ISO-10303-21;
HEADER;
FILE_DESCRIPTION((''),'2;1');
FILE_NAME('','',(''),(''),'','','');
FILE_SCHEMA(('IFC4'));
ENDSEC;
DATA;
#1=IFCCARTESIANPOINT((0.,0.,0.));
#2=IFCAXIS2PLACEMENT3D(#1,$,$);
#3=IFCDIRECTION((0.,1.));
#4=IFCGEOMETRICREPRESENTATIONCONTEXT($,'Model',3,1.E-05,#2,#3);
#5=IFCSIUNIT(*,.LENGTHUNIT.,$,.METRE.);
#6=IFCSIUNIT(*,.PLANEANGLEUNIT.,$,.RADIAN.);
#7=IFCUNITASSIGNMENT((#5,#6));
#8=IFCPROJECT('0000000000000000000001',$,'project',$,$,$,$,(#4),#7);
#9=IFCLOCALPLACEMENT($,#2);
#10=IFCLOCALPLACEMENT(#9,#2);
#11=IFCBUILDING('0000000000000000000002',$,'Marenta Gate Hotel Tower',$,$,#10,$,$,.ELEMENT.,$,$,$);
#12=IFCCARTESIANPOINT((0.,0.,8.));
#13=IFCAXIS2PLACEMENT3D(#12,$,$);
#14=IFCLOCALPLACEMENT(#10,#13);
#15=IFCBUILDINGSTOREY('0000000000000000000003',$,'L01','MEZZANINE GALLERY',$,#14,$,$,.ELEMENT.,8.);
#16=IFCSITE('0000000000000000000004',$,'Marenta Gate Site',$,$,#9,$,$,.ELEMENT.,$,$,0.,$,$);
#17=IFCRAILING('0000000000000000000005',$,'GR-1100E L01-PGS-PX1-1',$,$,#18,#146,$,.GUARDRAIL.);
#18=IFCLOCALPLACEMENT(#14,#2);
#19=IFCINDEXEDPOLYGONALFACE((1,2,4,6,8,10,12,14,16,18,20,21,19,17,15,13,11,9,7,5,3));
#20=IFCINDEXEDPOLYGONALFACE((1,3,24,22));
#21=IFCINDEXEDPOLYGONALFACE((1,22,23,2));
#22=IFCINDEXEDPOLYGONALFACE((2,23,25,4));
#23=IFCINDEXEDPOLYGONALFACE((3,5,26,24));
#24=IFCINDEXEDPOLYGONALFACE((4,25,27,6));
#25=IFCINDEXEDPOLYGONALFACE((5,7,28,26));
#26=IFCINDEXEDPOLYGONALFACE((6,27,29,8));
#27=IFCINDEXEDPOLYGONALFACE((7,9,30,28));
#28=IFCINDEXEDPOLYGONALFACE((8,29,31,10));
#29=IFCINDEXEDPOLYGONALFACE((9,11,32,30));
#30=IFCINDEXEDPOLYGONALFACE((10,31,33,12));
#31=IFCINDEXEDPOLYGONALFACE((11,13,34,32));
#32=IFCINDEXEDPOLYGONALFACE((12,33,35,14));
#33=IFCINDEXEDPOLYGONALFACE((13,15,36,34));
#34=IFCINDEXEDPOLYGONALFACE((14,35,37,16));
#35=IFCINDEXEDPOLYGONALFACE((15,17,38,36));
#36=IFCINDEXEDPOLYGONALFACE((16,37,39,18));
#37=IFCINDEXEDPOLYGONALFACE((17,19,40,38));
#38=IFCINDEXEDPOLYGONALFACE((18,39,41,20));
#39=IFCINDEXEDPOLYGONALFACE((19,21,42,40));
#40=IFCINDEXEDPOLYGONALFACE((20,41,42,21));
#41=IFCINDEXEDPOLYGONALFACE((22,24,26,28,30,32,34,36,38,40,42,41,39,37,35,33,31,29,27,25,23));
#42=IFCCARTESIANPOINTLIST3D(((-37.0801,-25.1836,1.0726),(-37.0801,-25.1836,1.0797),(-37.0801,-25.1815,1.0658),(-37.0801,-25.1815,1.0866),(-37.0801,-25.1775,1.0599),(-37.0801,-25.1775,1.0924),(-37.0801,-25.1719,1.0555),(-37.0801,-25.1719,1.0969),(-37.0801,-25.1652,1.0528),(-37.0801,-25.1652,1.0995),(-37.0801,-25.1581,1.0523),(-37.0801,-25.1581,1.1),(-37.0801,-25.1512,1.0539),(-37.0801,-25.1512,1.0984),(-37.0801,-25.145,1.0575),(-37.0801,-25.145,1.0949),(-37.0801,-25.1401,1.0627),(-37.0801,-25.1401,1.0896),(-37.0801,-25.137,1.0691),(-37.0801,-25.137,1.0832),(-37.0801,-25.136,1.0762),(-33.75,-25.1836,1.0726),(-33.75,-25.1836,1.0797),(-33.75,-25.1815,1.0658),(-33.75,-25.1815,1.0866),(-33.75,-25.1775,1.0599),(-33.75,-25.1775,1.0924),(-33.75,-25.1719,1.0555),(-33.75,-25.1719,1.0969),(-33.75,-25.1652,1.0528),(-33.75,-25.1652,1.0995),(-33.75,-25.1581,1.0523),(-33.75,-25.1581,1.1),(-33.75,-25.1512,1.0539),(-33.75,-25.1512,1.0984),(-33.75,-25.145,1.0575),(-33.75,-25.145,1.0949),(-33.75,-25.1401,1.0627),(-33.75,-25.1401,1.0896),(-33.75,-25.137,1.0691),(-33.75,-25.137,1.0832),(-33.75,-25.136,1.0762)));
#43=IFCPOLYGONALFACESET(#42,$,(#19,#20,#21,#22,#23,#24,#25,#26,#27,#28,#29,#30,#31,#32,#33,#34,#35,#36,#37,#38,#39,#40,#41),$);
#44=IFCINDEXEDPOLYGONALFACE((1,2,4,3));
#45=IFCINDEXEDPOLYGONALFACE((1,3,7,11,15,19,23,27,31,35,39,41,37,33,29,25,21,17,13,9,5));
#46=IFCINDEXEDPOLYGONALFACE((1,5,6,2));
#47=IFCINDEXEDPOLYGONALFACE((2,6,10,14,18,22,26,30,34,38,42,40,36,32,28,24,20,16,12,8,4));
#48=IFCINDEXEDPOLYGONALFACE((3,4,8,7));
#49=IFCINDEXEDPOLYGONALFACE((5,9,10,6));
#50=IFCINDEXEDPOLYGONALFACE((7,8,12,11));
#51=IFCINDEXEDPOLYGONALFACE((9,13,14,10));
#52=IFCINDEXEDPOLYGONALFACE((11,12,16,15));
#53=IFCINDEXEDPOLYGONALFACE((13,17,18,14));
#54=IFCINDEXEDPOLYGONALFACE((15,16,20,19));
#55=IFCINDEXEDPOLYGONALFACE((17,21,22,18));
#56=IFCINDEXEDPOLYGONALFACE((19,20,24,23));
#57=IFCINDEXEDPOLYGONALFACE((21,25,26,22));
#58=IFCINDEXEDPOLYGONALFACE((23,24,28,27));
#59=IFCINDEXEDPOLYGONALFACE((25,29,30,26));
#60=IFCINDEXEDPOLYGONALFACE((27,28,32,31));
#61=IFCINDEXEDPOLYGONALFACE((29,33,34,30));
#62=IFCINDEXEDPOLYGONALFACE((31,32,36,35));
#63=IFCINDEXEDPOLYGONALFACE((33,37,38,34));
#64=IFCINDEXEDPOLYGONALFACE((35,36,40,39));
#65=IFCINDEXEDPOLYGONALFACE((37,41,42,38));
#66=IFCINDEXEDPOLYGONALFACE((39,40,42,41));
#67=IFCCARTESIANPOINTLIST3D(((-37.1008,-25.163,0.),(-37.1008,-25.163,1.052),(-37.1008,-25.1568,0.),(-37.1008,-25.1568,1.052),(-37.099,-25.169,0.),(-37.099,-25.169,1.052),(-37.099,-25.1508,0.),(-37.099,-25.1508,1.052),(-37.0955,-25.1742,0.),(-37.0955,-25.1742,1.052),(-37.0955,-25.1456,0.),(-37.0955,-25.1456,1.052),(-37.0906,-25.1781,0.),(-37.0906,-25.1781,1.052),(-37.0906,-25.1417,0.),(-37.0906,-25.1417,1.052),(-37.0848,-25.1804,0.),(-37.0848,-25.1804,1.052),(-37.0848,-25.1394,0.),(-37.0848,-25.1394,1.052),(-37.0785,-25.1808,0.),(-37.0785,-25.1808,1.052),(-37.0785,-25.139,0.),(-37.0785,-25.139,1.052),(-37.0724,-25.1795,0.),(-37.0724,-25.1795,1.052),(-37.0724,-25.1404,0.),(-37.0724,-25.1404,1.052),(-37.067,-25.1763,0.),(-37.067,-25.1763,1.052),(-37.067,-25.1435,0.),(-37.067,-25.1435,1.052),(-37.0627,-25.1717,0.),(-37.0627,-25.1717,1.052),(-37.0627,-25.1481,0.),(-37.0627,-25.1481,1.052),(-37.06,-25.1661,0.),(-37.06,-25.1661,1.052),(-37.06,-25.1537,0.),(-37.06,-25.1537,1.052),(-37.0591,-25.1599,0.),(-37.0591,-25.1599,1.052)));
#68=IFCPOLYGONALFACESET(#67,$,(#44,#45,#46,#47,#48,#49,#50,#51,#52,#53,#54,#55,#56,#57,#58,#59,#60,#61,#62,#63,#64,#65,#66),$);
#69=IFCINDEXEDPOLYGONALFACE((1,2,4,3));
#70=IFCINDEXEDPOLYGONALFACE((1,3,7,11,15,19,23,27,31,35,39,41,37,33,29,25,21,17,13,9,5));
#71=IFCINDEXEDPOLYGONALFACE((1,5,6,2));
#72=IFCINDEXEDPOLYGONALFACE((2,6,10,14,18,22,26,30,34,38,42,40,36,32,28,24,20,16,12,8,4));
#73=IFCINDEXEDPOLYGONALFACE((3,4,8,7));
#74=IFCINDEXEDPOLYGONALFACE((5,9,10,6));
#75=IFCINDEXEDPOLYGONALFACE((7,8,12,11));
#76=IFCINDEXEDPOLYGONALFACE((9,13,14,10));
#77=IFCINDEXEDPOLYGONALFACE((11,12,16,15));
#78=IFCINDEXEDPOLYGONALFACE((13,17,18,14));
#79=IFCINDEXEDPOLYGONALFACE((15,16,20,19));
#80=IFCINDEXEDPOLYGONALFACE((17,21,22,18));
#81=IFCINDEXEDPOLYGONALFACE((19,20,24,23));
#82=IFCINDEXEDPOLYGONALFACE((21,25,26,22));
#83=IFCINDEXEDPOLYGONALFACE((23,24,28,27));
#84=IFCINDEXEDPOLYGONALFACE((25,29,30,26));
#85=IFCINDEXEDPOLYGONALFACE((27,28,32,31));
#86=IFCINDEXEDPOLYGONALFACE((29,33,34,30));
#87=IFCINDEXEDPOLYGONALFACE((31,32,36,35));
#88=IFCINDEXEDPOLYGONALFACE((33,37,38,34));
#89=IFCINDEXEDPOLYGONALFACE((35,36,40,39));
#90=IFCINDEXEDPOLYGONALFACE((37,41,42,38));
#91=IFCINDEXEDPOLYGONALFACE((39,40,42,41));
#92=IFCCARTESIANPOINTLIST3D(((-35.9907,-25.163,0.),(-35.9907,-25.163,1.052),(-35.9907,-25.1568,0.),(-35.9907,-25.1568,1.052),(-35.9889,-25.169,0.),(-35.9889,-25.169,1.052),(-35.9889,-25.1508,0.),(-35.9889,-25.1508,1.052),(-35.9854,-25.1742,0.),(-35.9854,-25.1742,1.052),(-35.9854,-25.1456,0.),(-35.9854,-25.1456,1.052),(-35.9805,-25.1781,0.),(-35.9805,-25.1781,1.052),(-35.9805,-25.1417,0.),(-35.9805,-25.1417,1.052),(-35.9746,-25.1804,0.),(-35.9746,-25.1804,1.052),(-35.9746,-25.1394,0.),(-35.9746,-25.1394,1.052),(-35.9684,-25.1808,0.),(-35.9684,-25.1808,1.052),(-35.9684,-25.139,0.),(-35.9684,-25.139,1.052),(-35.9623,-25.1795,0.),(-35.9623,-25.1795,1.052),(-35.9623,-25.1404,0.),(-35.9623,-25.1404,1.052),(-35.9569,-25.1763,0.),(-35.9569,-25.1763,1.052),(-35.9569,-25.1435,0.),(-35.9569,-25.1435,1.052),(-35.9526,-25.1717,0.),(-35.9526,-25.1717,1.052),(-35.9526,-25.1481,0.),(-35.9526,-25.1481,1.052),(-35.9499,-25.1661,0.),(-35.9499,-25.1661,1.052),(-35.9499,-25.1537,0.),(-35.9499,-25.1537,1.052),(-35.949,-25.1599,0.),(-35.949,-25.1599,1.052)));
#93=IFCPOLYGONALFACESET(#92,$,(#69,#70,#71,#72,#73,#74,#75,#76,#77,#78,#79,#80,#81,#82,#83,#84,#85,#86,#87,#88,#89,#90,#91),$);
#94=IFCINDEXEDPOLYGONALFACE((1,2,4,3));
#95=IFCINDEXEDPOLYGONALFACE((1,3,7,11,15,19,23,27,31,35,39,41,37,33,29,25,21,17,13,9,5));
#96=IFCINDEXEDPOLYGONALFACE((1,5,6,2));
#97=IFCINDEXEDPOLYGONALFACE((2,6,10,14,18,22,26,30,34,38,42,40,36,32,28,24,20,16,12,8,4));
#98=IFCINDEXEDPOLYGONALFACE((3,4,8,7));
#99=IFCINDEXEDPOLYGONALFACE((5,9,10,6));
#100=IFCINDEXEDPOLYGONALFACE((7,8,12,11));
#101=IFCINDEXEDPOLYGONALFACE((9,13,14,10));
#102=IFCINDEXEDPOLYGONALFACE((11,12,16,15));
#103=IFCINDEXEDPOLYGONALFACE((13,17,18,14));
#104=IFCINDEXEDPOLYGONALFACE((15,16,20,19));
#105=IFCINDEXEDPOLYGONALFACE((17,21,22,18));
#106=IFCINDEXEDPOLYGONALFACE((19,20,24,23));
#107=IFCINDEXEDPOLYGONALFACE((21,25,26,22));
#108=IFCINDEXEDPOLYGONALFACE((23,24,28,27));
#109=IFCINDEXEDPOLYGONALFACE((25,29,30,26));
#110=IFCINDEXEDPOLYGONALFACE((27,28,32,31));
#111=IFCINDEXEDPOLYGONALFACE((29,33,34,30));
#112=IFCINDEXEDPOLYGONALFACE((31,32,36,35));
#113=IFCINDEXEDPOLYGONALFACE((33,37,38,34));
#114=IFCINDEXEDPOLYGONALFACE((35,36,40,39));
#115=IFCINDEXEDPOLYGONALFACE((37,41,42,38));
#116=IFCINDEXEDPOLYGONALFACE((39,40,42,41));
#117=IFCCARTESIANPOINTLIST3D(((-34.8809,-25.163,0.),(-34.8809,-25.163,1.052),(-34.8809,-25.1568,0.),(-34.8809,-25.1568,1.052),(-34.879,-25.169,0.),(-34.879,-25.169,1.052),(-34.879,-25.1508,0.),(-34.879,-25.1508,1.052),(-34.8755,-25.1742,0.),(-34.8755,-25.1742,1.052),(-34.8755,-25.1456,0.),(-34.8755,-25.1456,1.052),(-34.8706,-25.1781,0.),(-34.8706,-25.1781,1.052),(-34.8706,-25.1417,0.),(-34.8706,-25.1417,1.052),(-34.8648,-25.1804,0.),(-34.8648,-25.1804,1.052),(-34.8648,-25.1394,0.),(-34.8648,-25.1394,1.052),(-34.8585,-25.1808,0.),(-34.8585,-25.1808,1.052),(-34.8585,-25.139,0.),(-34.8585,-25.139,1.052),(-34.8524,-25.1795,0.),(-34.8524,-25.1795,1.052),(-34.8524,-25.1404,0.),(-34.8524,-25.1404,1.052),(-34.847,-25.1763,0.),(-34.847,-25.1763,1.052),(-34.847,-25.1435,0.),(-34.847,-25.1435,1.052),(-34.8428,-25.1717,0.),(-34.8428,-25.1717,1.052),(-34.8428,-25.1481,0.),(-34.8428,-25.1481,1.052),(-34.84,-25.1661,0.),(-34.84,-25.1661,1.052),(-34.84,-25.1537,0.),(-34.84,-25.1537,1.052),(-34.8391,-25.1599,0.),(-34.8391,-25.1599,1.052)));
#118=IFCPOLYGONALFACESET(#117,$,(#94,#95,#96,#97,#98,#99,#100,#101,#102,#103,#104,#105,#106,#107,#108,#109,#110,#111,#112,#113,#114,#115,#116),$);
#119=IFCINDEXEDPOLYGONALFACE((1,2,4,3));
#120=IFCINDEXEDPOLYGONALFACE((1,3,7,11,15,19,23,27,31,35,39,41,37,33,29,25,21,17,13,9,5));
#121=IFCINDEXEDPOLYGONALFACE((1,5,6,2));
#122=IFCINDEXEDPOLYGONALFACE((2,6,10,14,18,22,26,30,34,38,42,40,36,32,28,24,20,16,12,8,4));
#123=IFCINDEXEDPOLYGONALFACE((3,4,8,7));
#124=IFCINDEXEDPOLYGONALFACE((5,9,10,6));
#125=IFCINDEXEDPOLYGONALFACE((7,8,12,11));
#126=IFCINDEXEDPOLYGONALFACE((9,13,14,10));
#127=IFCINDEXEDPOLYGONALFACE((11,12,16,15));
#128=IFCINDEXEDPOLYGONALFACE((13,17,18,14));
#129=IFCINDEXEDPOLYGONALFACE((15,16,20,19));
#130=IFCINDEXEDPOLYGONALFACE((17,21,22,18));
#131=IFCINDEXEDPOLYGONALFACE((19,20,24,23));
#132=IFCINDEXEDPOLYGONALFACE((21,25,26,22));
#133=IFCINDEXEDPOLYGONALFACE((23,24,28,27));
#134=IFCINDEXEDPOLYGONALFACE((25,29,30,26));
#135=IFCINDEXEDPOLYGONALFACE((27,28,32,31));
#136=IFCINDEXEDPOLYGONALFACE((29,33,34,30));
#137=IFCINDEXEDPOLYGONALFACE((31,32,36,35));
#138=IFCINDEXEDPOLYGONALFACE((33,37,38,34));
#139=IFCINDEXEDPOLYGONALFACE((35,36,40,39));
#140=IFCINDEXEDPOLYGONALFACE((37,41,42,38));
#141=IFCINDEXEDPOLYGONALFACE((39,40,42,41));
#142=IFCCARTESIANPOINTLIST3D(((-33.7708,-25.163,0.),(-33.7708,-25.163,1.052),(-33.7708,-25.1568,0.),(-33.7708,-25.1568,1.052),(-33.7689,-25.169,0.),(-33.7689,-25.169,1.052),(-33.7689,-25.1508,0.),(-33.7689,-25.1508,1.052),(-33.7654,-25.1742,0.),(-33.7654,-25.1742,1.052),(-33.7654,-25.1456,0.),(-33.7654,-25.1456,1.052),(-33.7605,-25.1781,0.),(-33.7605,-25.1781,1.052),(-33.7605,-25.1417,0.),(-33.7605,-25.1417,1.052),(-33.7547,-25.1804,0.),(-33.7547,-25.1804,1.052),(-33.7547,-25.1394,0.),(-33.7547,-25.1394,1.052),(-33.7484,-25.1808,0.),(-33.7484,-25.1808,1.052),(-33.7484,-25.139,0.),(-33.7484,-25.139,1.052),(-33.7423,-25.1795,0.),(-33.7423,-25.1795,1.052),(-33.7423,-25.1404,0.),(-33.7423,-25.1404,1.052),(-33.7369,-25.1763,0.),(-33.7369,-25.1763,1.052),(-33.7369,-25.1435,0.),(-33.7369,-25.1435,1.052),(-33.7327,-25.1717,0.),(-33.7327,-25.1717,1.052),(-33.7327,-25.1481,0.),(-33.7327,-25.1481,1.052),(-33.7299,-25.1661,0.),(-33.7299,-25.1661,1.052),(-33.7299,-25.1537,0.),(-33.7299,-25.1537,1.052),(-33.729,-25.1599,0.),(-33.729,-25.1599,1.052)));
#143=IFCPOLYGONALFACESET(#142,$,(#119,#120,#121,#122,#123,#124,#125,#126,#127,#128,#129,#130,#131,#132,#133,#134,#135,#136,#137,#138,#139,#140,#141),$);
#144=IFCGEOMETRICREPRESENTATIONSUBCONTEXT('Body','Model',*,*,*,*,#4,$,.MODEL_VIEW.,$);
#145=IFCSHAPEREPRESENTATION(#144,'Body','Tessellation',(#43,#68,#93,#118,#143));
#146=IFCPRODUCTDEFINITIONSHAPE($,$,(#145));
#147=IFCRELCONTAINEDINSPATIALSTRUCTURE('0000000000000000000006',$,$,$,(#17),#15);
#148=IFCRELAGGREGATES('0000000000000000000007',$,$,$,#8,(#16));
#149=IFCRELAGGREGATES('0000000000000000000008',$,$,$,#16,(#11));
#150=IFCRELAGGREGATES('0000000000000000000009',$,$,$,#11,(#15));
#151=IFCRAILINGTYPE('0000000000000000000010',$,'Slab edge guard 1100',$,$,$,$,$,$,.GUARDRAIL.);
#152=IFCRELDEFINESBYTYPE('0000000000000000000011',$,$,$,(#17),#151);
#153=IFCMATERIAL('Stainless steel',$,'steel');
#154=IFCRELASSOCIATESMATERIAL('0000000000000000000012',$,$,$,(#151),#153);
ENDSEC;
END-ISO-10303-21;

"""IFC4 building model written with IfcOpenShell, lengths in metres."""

from ifc_helpers import new_model, si_unit, direction, frame, origin, origin_2d, place, context, subcontext, project, spatial, circle, extrude, material, type_object, element, save


model = new_model("IFC4")

# Units and contexts
model_context = context("Model", 3, precision=1e-05, world=origin(), true_north=direction((0.0, 1.0)))
body_context = subcontext(model_context, "Body", "Model", "MODEL_VIEW")
ifc_project = project(units=[si_unit("LENGTHUNIT", "METRE"), si_unit("PLANEANGLEUNIT", "RADIAN")], contexts=[model_context])

# Site, building, storey
site_placement = place(None, origin())
site = spatial("IfcSite", under=ifc_project, at=site_placement, Name="Marenta Gate Site", CompositionType="ELEMENT", RefElevation=0.0)
building_placement = place(site_placement, origin())
building = spatial("IfcBuilding", under=site, at=building_placement, Name="Marenta Gate Hotel Tower", CompositionType="ELEMENT")
storey_placement = place(building_placement, frame((0.0, 0.0, 8.0)))
storey = spatial("IfcBuildingStorey", under=building, at=storey_placement, Name="L01", Description="MEZZANINE GALLERY", CompositionType="ELEMENT", Elevation=8.0)

# Railing
ifc_material_1 = material(Name="Stainless steel", Category="steel")
railing_type_1 = type_object("IfcRailingType", Name="Slab edge guard 1100", PredefinedType="GUARDRAIL", material=ifc_material_1)
railing_1_placement = place(storey_placement, frame((-37.0801, -25.1599, 0.0)))
element("IfcRailing", 1, at=railing_1_placement, inside=storey, type_object=railing_type_1, Name="GR-1100E L01-PGS-PX1-1", PredefinedType="GUARDRAIL", context=body_context, shape_type="SweptSolid", body=[
    extrude(circle(Radius=0.0239, at=origin_2d()), frame((0.0, 0.0, 1.0762), z_axis=(1.0, 0.0, 0.0), x_axis=(0.0, 1.0, 0.0)), (0.0, 0.0, 1.0), 3.3301),
    extrude(circle(Radius=0.021, at=origin_2d()), origin(), (0.0, 0.0, 1.0), 1.052),
    extrude(circle(Radius=0.021, at=origin_2d()), frame((1.1101, 0.0, 0.0)), (0.0, 0.0, 1.0), 1.052),
    extrude(circle(Radius=0.021, at=origin_2d()), frame((2.22, 0.0, 0.0)), (0.0, 0.0, 1.0), 1.052),
    extrude(circle(Radius=0.021, at=origin_2d()), frame((3.3301, 0.0, 0.0)), (0.0, 0.0, 1.0), 1.052),
])

save(model, "model.ifc")
